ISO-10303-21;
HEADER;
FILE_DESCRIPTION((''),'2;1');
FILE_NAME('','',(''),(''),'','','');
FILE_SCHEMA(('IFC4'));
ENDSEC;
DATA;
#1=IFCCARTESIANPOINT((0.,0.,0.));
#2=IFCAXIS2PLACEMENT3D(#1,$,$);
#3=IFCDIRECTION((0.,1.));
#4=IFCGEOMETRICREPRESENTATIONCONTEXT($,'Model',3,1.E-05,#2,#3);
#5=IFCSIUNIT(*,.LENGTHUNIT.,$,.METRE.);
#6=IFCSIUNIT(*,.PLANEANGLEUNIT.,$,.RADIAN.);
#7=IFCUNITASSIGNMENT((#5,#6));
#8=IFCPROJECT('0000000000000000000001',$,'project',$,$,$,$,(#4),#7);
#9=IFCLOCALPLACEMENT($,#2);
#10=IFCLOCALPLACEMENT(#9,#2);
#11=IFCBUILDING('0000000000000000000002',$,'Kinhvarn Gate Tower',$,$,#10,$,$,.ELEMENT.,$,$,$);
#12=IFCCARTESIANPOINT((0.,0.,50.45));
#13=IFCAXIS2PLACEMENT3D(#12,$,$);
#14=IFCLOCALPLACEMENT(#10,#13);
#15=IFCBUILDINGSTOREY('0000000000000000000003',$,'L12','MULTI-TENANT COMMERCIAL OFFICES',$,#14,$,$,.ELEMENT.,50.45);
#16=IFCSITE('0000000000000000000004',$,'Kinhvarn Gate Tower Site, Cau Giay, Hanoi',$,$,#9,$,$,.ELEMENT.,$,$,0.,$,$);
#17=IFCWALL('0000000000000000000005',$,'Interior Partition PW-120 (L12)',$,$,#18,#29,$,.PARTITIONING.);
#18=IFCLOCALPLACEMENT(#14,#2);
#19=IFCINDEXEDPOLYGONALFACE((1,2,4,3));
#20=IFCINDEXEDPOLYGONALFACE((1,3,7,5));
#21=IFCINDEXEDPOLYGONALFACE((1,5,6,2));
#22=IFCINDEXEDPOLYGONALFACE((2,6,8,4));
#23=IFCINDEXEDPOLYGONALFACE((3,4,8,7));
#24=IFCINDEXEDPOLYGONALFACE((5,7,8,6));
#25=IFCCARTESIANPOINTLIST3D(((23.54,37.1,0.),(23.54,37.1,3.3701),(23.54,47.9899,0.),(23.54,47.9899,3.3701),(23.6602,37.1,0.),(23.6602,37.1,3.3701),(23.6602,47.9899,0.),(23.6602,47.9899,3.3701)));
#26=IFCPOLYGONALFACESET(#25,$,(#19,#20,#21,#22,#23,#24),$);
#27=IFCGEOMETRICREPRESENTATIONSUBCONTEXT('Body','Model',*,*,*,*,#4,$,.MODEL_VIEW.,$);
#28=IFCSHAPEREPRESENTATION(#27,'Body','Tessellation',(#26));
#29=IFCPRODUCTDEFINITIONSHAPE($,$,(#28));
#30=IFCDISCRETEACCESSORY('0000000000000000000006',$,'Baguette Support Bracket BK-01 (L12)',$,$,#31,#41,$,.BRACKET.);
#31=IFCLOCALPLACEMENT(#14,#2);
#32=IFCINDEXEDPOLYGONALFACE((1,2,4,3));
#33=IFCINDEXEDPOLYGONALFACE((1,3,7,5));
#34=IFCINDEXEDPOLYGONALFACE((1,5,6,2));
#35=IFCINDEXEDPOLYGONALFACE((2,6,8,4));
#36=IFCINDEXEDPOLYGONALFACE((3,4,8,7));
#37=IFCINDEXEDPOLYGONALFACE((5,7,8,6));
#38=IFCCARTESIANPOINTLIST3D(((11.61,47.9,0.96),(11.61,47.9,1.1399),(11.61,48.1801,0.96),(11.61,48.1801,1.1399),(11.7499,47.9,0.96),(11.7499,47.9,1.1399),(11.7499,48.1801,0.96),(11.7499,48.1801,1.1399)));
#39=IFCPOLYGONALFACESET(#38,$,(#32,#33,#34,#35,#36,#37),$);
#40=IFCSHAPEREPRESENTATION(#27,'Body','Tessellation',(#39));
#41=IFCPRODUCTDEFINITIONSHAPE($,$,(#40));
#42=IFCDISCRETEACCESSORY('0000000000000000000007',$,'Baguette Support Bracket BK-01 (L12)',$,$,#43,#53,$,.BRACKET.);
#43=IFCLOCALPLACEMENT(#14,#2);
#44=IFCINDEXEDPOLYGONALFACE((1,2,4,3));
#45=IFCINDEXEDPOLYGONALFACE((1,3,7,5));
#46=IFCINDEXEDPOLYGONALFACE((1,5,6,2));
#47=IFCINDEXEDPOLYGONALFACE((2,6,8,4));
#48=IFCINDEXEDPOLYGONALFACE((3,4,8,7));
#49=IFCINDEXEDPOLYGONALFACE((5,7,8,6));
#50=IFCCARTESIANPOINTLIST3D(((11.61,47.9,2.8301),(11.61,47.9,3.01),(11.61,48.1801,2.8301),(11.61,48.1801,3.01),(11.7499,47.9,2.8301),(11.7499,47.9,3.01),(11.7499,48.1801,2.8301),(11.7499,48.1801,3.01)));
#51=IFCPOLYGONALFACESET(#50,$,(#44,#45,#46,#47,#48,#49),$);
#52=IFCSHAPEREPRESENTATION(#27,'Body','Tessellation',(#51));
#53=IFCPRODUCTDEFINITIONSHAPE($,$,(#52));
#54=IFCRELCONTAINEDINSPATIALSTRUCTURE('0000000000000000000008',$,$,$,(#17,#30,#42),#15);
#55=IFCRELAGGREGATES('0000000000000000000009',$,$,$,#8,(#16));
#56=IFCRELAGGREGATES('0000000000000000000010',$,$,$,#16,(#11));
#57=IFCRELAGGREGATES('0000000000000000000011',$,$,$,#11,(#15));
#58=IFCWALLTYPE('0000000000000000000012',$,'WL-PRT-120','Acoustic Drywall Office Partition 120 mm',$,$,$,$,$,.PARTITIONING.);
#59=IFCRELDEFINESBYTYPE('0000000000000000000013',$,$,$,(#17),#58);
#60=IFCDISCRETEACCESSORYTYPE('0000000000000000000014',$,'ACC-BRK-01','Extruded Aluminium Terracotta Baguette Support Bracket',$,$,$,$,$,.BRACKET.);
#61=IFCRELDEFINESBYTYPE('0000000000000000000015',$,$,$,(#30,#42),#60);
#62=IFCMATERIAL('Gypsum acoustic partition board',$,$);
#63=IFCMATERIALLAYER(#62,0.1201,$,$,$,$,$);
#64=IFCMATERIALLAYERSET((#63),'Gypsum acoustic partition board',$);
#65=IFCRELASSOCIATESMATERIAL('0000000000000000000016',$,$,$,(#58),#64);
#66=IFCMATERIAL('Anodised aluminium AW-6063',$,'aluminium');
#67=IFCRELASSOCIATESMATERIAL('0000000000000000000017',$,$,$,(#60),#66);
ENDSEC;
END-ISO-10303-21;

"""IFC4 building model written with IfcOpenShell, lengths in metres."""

from ifc_helpers import new_model, si_unit, direction, frame, frame_2d, origin, origin_2d, place, context, subcontext, project, spatial, rectangle, extrude, material, layer, layer_set, type_object, element, save


model = new_model("IFC4")

# Units and contexts
model_context = context("Model", 3, precision=1e-05, world=origin(), true_north=direction((0.0, 1.0)))
body_context = subcontext(model_context, "Body", "Model", "MODEL_VIEW")
ifc_project = project(units=[si_unit("LENGTHUNIT", "METRE"), si_unit("PLANEANGLEUNIT", "RADIAN")], contexts=[model_context])

# Site, building, storey
site_placement = place(None, origin())
site = spatial("IfcSite", under=ifc_project, at=site_placement, Name="Kinhvarn Gate Tower Site, Cau Giay, Hanoi", CompositionType="ELEMENT", RefElevation=0.0)
building_placement = place(site_placement, origin())
building = spatial("IfcBuilding", under=site, at=building_placement, Name="Kinhvarn Gate Tower", CompositionType="ELEMENT")
storey_placement = place(building_placement, frame((0.0, 0.0, 50.45)))
storey = spatial("IfcBuildingStorey", under=building, at=storey_placement, Name="L12", Description="MULTI-TENANT COMMERCIAL OFFICES", CompositionType="ELEMENT", Elevation=50.45)

# Shared definitions
ifc_material_1 = material(Name="Anodised aluminium AW-6063", Category="aluminium")

# Wall
ifc_material_2 = material(Name="Gypsum acoustic partition board")
ifc_layer_1 = layer(ifc_material_2, 0.1201)
ifc_layer_set_1 = layer_set([ifc_layer_1], Name="Gypsum acoustic partition board")
wall_type_1 = type_object("IfcWallType", Name="WL-PRT-120", Description="Acoustic Drywall Office Partition 120 mm", PredefinedType="PARTITIONING", material=ifc_layer_set_1)
wall_1_placement = place(storey_placement, frame((23.6001, 37.1001, 0.0), z_axis=(0.0, 0.0, 1.0), x_axis=(0.0, 1.0, 0.0)))
element("IfcWall", 1, at=wall_1_placement, inside=storey, type_object=wall_type_1, Name="Interior Partition PW-120 (L12)", PredefinedType="PARTITIONING", context=body_context, shape_type="SweptSolid", body=[
    extrude(rectangle(XDim=10.8899, YDim=0.1201, at=frame_2d((5.4448, 0.0))), origin(), (0.0, 0.0, 1.0), 3.3701),
])

# Discrete accessories
discrete_accessory_type = type_object("IfcDiscreteAccessoryType", Name="ACC-BRK-01", Description="Extruded Aluminium Terracotta Baguette Support Bracket", PredefinedType="BRACKET", material=ifc_material_1)
for number, where, z_axis, x_axis, name in (
    (2, (11.6799, 48.04, 0.96), (0.0, 0.0, 1.0), (-1.0, 0.0, 0.0), "Baguette Support Bracket BK-01 (L12)"),
    (3, (11.6799, 48.04, 2.8301), (0.0, 0.0, 1.0), (-1.0, 0.0, 0.0), "Baguette Support Bracket BK-01 (L12)"),
):
    element("IfcDiscreteAccessory", number, at=place(storey_placement, frame(where, z_axis=z_axis, x_axis=x_axis)), inside=storey, type_object=discrete_accessory_type, Name=name, PredefinedType="BRACKET", context=body_context, shape_type="SweptSolid", body=[
        extrude(rectangle(XDim=0.1399, YDim=0.28, at=origin_2d()), origin(), (0.0, 0.0, 1.0), 0.1799),
    ])

save(model, "model.ifc")
